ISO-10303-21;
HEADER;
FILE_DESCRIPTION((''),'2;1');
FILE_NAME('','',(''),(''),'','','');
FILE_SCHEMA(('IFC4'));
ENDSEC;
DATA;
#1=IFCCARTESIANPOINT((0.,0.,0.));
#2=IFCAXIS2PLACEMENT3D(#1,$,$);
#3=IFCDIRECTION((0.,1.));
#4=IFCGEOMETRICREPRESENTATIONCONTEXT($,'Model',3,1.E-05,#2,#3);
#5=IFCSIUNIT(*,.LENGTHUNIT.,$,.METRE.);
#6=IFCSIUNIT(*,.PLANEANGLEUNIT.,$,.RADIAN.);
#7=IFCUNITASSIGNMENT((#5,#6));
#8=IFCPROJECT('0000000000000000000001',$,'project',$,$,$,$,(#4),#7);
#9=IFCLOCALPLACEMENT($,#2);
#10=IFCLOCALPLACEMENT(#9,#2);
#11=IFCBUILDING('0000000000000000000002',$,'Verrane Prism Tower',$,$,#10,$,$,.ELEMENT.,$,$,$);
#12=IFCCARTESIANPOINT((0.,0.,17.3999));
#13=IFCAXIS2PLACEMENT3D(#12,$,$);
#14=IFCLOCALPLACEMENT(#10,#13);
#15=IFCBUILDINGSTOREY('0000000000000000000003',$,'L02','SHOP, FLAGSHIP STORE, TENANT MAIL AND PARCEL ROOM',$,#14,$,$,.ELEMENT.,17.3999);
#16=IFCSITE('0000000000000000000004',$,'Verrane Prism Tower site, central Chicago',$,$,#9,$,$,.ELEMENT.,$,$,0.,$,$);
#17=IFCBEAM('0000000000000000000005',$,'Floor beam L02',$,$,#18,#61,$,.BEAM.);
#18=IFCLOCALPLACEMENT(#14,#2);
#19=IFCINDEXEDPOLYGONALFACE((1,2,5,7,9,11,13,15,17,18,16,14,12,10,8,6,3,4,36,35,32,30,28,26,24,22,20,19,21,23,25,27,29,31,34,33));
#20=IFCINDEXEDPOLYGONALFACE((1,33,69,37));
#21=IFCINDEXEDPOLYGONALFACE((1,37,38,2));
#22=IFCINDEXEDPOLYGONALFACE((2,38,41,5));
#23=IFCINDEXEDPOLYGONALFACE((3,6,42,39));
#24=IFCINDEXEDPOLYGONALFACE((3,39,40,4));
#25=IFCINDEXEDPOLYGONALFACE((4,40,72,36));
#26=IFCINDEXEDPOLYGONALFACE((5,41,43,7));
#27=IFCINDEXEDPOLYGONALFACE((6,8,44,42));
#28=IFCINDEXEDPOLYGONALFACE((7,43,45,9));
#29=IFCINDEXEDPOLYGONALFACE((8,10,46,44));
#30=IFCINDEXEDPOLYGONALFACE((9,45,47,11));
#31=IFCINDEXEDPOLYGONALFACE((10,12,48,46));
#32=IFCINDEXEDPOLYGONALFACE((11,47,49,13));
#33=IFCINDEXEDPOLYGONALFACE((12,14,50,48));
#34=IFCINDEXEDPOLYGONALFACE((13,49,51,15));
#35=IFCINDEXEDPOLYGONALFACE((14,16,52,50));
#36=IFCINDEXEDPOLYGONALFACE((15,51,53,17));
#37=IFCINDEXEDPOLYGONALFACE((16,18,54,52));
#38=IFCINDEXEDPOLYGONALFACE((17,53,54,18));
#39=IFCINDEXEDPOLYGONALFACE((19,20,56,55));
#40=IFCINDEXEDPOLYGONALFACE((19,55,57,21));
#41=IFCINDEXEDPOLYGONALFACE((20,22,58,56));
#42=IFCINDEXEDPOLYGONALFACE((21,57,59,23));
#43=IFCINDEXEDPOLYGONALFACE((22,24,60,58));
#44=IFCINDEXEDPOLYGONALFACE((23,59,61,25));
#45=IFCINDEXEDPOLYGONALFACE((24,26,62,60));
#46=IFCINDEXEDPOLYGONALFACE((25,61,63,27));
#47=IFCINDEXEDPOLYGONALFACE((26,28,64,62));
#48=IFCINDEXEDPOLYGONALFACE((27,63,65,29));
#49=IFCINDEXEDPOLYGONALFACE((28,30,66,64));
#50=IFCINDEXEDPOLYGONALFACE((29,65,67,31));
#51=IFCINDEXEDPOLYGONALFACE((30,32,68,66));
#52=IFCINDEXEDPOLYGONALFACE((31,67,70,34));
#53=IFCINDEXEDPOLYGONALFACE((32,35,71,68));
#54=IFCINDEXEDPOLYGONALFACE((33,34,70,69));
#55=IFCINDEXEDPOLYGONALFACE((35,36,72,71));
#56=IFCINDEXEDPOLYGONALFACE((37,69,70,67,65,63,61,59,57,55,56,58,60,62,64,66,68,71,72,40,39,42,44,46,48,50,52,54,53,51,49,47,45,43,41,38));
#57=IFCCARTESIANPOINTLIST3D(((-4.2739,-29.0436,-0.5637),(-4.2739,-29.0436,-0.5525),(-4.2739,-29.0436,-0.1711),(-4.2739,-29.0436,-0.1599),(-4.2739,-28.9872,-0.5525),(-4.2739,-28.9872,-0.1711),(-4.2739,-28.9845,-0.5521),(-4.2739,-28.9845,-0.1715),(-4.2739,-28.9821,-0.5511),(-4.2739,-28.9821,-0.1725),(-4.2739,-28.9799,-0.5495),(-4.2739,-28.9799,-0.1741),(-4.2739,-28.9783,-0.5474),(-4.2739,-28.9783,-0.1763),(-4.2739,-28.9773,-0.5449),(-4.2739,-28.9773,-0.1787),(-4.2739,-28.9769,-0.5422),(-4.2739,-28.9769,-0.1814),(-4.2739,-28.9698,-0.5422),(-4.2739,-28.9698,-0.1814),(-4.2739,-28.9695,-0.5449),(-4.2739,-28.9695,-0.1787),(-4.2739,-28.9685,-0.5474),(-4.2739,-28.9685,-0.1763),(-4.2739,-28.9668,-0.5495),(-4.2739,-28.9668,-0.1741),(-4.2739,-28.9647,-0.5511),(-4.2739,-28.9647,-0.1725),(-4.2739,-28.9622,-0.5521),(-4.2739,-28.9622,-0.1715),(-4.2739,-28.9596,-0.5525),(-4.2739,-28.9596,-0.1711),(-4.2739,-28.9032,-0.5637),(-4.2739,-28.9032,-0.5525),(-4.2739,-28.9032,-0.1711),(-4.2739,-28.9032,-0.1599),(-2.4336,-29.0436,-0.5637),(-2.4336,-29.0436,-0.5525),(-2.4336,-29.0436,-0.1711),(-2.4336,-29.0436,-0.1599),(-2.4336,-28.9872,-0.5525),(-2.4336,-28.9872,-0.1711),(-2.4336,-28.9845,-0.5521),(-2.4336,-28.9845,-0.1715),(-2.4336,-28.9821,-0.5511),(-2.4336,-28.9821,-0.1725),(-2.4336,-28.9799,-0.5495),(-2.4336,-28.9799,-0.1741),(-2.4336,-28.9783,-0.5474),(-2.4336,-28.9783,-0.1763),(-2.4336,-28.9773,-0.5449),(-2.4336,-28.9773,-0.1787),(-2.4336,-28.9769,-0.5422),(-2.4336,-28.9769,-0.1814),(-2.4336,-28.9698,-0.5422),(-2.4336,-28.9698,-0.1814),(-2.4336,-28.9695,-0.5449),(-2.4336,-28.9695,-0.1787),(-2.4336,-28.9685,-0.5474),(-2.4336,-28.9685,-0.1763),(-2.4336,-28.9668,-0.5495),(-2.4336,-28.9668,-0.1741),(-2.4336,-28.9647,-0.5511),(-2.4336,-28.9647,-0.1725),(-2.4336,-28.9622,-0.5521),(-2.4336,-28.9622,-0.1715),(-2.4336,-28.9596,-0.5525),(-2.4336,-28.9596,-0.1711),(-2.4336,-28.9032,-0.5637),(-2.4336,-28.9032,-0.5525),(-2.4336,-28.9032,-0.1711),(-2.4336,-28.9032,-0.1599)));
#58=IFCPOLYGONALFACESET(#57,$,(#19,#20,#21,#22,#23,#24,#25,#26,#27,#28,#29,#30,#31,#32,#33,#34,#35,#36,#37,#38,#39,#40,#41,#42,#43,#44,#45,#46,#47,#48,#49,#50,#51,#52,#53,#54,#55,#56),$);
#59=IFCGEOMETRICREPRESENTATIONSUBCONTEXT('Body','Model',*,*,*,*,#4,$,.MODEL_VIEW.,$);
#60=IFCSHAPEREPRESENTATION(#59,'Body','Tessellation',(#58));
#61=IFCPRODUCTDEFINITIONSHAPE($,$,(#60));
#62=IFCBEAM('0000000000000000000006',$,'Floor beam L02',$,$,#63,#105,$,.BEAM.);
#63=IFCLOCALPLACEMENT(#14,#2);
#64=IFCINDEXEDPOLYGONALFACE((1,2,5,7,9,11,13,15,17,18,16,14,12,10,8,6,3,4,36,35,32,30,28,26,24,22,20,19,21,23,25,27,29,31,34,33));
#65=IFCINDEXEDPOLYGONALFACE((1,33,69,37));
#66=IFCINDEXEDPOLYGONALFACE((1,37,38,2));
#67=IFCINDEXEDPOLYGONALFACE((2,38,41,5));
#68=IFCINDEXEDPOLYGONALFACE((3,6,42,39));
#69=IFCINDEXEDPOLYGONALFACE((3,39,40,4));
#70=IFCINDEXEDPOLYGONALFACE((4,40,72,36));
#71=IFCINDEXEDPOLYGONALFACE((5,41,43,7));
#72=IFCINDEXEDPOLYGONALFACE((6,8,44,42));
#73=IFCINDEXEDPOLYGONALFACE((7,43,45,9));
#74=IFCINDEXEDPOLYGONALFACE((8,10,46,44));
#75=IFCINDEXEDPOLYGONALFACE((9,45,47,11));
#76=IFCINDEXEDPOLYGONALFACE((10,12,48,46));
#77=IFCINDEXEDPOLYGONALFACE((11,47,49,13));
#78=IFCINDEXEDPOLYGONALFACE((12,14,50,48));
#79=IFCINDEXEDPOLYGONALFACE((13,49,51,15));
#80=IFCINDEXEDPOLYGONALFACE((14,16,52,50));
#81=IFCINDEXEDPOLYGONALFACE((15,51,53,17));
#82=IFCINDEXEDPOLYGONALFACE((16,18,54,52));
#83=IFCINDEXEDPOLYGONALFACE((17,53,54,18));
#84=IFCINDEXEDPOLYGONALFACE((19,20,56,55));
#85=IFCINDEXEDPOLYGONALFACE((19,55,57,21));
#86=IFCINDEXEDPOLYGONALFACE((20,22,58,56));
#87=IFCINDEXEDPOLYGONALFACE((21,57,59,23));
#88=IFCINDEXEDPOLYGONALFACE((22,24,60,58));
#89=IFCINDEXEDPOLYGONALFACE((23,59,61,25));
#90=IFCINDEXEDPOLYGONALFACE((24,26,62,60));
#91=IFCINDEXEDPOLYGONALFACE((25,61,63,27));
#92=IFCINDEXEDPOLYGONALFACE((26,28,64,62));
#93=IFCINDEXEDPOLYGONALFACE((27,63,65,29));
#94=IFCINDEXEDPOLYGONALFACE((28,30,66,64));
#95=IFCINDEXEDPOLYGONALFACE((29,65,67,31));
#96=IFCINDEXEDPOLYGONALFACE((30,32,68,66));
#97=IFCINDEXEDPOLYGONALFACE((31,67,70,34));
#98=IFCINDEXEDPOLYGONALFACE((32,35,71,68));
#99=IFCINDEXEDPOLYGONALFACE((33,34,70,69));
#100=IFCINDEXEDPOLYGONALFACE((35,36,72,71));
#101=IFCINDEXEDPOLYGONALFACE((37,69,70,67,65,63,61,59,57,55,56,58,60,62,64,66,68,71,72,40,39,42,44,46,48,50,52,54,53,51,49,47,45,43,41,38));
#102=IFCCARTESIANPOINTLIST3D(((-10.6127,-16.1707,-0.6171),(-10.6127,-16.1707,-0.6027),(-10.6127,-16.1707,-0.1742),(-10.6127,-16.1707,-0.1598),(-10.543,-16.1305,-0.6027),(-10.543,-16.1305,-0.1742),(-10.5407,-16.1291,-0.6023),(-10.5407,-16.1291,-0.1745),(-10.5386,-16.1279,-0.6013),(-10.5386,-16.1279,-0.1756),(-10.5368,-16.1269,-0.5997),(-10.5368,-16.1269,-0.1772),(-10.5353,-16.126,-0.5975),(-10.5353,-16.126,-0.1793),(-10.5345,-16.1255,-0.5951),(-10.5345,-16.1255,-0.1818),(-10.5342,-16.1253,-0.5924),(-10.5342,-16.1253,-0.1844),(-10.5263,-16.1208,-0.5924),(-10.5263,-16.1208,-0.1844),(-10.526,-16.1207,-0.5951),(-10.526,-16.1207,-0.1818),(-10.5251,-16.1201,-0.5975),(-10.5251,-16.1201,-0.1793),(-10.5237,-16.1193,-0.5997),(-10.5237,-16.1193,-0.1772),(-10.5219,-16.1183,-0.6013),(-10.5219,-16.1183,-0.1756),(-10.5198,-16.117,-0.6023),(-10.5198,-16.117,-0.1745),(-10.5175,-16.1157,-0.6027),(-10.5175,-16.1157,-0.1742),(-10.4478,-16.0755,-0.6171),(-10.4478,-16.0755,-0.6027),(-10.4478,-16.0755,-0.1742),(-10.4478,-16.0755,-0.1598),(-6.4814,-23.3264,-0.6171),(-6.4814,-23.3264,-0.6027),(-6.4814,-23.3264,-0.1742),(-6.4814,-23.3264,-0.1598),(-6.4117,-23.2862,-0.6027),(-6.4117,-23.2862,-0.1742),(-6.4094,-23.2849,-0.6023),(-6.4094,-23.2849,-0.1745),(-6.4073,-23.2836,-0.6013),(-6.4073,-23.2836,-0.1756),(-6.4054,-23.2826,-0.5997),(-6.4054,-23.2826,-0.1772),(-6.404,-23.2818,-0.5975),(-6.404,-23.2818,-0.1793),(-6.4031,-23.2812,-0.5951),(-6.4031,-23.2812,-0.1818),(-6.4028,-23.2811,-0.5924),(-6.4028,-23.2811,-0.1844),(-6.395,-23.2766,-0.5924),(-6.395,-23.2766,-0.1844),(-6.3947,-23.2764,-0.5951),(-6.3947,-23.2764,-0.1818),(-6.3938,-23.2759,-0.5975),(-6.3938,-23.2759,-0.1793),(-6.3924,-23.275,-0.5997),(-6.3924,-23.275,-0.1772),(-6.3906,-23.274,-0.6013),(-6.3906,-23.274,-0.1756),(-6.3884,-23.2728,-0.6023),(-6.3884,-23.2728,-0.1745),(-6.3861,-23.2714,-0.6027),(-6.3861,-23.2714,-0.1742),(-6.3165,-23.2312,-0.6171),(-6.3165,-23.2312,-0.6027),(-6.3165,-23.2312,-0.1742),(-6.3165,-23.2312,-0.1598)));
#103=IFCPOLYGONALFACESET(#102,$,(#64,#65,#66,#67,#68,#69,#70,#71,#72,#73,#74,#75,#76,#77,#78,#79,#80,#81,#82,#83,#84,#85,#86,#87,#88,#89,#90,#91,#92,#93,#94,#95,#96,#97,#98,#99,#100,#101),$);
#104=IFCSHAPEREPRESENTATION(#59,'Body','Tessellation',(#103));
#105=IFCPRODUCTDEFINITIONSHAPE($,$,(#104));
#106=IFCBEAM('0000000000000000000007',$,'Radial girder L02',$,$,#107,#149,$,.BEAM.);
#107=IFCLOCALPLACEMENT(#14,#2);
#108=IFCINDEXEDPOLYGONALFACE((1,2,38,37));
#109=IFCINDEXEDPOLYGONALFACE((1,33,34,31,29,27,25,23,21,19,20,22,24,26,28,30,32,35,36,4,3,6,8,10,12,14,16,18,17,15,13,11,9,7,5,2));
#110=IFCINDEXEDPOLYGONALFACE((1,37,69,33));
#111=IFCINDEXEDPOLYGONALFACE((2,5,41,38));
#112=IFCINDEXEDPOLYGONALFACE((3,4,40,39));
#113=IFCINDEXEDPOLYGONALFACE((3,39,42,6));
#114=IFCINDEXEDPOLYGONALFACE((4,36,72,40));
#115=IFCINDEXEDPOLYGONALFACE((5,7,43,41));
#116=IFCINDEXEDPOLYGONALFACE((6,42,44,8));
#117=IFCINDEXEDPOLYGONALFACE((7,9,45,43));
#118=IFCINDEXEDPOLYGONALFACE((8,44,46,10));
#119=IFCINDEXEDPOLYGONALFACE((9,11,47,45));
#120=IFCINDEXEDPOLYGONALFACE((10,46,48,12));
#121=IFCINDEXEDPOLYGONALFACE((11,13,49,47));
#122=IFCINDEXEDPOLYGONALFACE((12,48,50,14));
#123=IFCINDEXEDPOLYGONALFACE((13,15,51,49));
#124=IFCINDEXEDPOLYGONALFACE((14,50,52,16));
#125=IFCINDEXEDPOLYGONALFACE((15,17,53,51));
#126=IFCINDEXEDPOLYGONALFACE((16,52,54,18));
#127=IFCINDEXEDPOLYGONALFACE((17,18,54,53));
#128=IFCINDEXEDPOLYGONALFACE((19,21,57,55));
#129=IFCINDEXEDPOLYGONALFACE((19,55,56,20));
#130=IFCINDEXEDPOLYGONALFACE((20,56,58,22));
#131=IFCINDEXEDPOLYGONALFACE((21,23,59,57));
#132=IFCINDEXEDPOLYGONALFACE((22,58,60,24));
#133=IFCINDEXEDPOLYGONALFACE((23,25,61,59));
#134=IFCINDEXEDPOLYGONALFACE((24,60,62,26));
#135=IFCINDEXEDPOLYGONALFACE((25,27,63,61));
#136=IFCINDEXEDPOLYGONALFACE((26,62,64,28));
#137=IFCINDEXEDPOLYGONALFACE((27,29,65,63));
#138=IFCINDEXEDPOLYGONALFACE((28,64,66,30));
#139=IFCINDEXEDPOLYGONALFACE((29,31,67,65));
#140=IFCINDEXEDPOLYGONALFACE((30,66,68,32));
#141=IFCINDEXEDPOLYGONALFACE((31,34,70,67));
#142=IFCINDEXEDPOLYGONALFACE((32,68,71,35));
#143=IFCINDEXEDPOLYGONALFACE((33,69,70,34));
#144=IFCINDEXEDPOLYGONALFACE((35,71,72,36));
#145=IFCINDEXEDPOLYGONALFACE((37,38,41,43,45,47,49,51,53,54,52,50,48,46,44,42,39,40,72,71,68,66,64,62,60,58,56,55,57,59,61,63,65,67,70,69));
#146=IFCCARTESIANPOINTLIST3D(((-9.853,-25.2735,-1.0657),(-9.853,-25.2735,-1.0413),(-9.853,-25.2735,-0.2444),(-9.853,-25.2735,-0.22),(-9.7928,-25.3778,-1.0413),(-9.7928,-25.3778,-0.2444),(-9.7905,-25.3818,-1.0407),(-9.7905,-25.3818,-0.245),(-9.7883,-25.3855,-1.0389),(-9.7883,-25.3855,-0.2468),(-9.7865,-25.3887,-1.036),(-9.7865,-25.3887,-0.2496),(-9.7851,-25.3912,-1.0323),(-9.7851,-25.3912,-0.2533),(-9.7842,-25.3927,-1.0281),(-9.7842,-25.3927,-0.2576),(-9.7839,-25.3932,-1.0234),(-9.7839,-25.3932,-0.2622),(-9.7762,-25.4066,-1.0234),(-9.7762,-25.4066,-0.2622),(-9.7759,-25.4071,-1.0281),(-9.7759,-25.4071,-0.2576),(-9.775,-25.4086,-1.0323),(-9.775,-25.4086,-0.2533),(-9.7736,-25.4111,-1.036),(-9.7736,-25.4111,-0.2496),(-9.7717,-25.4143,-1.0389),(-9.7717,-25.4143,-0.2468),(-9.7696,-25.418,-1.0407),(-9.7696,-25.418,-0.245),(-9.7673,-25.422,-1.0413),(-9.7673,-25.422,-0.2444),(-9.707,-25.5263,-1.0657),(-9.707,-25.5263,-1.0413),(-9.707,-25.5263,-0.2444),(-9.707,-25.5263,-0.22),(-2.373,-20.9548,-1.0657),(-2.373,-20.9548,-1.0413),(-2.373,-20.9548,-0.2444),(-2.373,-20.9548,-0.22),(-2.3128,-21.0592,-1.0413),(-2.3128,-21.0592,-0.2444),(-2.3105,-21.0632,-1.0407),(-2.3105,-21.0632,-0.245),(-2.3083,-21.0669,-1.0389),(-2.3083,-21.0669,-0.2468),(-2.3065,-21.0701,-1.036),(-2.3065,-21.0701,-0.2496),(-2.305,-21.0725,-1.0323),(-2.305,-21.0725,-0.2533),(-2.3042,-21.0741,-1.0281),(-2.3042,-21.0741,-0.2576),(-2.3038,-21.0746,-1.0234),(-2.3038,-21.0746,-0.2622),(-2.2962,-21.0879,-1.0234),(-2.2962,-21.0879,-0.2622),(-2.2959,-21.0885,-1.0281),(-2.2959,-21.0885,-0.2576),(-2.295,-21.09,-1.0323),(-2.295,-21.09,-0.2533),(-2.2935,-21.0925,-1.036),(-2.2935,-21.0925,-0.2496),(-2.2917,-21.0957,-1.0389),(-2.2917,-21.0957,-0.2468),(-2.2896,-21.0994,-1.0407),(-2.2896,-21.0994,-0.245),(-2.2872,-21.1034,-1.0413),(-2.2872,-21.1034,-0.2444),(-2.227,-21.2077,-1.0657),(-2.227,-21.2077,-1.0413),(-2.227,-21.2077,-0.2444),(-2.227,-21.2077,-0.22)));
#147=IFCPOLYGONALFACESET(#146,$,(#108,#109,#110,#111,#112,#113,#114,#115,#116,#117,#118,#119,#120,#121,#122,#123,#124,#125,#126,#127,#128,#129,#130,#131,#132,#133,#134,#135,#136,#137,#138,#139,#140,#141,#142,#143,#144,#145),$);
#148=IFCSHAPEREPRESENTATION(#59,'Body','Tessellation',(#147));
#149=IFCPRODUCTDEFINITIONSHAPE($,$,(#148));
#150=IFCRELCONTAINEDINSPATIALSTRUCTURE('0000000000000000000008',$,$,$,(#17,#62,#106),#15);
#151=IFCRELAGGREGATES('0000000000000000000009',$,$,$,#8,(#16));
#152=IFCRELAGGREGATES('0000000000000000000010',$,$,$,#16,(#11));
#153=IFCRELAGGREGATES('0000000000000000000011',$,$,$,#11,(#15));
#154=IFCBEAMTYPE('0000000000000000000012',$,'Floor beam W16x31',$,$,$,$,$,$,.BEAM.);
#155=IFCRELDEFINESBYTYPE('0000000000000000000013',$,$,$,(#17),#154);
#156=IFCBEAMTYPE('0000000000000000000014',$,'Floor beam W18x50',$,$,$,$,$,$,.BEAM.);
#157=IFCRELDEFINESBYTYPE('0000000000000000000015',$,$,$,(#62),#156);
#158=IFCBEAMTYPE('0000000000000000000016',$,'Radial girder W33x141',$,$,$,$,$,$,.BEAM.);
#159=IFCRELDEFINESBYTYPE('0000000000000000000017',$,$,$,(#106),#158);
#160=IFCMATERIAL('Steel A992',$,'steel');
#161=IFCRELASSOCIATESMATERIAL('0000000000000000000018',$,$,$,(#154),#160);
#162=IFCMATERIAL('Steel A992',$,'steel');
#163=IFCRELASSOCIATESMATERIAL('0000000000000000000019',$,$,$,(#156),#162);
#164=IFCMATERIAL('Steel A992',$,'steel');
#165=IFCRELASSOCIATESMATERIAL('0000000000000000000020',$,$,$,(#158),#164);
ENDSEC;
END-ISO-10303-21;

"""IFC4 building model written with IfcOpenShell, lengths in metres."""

from ifc_helpers import new_model, si_unit, direction, frame, origin, origin_2d, place, context, subcontext, project, spatial, i_section, extrude, material, material_profile, profile_set, type_object, element, save


model = new_model("IFC4")

# Units and contexts
model_context = context("Model", 3, precision=1e-05, world=origin(), true_north=direction((0.0, 1.0)))
body_context = subcontext(model_context, "Body", "Model", "MODEL_VIEW")
ifc_project = project(units=[si_unit("LENGTHUNIT", "METRE"), si_unit("PLANEANGLEUNIT", "RADIAN")], contexts=[model_context])

# Site, building, storey
site_placement = place(None, origin())
site = spatial("IfcSite", under=ifc_project, at=site_placement, Name="Verrane Prism Tower site, central Chicago", CompositionType="ELEMENT", RefElevation=0.0)
building_placement = place(site_placement, origin())
building = spatial("IfcBuilding", under=site, at=building_placement, Name="Verrane Prism Tower", CompositionType="ELEMENT")
storey_placement = place(building_placement, frame((0.0, 0.0, 17.3999)))
storey = spatial("IfcBuildingStorey", under=building, at=storey_placement, Name="L02", Description="SHOP, FLAGSHIP STORE, TENANT MAIL AND PARCEL ROOM", CompositionType="ELEMENT", Elevation=17.3999)

# Beams
ifc_material_1 = material(Name="Steel A992", Category="steel")
ifc_material_profile_1 = material_profile(ifc_material_1, i_section(OverallWidth=0.1404, OverallDepth=0.4038, WebThickness=0.0071, FlangeThickness=0.0112, FilletRadius=0.0103, at=origin_2d()), Name="W16x31")
ifc_profile_set_1 = profile_set([ifc_material_profile_1], Name="Steel A992")
beam_type_1 = type_object("IfcBeamType", Name="Floor beam W16x31", PredefinedType="BEAM", material=ifc_profile_set_1)
beam_1_placement = place(storey_placement, frame((-4.2739, -28.9734, -0.3618), z_axis=(1.0, 0.0, 0.0), x_axis=(0.0, 1.0, 0.0)))
element("IfcBeam", 1, at=beam_1_placement, inside=storey, type_object=beam_type_1, Name="Floor beam L02", PredefinedType="BEAM", context=body_context, shape_type="SweptSolid", body=[
    extrude(i_section(OverallWidth=0.1404, OverallDepth=0.4038, WebThickness=0.0071, FlangeThickness=0.0112, FilletRadius=0.0103, at=origin_2d()), origin(), (0.0, 0.0, 1.0), 1.8403),
])
ifc_material_2 = material(Name="Steel A992", Category="steel")
ifc_material_profile_2 = material_profile(ifc_material_2, i_section(OverallWidth=0.1904, OverallDepth=0.4573, WebThickness=0.009, FlangeThickness=0.0144, FilletRadius=0.0103, at=origin_2d()), Name="W18x50")
ifc_profile_set_2 = profile_set([ifc_material_profile_2], Name="Steel A992")
beam_type_2 = type_object("IfcBeamType", Name="Floor beam W18x50", PredefinedType="BEAM", material=ifc_profile_set_2)
beam_2_placement = place(storey_placement, frame((-6.3989, -23.2788, -0.3884), z_axis=(-0.499997, 0.866027, 0.0), x_axis=(-0.866027, -0.499997, 0.0)))
element("IfcBeam", 2, at=beam_2_placement, inside=storey, type_object=beam_type_2, Name="Floor beam L02", PredefinedType="BEAM", context=body_context, shape_type="SweptSolid", body=[
    extrude(i_section(OverallWidth=0.1904, OverallDepth=0.4573, WebThickness=0.009, FlangeThickness=0.0144, FilletRadius=0.0103, at=origin_2d()), origin(), (0.0, 0.0, 1.0), 8.2627),
])
ifc_material_3 = material(Name="Steel A992", Category="steel")
ifc_material_profile_3 = material_profile(ifc_material_3, i_section(OverallWidth=0.292, OverallDepth=0.8457, WebThickness=0.0154, FlangeThickness=0.0244, FilletRadius=0.0178, at=origin_2d()), Name="W33x141")
ifc_profile_set_3 = profile_set([ifc_material_profile_3], Name="Steel A992")
beam_type_3 = type_object("IfcBeamType", Name="Radial girder W33x141", PredefinedType="BEAM", material=ifc_profile_set_3)
beam_3_placement = place(storey_placement, frame((-9.78, -25.3999, -0.6428), z_axis=(0.866024, 0.500003, 0.0), x_axis=(-0.500003, 0.866024, 0.0)))
element("IfcBeam", 3, at=beam_3_placement, inside=storey, type_object=beam_type_3, Name="Radial girder L02", PredefinedType="BEAM", context=body_context, shape_type="SweptSolid", body=[
    extrude(i_section(OverallWidth=0.292, OverallDepth=0.8457, WebThickness=0.0154, FlangeThickness=0.0244, FilletRadius=0.0178, at=origin_2d()), origin(), (0.0, 0.0, 1.0), 8.6372),
])

save(model, "model.ifc")
